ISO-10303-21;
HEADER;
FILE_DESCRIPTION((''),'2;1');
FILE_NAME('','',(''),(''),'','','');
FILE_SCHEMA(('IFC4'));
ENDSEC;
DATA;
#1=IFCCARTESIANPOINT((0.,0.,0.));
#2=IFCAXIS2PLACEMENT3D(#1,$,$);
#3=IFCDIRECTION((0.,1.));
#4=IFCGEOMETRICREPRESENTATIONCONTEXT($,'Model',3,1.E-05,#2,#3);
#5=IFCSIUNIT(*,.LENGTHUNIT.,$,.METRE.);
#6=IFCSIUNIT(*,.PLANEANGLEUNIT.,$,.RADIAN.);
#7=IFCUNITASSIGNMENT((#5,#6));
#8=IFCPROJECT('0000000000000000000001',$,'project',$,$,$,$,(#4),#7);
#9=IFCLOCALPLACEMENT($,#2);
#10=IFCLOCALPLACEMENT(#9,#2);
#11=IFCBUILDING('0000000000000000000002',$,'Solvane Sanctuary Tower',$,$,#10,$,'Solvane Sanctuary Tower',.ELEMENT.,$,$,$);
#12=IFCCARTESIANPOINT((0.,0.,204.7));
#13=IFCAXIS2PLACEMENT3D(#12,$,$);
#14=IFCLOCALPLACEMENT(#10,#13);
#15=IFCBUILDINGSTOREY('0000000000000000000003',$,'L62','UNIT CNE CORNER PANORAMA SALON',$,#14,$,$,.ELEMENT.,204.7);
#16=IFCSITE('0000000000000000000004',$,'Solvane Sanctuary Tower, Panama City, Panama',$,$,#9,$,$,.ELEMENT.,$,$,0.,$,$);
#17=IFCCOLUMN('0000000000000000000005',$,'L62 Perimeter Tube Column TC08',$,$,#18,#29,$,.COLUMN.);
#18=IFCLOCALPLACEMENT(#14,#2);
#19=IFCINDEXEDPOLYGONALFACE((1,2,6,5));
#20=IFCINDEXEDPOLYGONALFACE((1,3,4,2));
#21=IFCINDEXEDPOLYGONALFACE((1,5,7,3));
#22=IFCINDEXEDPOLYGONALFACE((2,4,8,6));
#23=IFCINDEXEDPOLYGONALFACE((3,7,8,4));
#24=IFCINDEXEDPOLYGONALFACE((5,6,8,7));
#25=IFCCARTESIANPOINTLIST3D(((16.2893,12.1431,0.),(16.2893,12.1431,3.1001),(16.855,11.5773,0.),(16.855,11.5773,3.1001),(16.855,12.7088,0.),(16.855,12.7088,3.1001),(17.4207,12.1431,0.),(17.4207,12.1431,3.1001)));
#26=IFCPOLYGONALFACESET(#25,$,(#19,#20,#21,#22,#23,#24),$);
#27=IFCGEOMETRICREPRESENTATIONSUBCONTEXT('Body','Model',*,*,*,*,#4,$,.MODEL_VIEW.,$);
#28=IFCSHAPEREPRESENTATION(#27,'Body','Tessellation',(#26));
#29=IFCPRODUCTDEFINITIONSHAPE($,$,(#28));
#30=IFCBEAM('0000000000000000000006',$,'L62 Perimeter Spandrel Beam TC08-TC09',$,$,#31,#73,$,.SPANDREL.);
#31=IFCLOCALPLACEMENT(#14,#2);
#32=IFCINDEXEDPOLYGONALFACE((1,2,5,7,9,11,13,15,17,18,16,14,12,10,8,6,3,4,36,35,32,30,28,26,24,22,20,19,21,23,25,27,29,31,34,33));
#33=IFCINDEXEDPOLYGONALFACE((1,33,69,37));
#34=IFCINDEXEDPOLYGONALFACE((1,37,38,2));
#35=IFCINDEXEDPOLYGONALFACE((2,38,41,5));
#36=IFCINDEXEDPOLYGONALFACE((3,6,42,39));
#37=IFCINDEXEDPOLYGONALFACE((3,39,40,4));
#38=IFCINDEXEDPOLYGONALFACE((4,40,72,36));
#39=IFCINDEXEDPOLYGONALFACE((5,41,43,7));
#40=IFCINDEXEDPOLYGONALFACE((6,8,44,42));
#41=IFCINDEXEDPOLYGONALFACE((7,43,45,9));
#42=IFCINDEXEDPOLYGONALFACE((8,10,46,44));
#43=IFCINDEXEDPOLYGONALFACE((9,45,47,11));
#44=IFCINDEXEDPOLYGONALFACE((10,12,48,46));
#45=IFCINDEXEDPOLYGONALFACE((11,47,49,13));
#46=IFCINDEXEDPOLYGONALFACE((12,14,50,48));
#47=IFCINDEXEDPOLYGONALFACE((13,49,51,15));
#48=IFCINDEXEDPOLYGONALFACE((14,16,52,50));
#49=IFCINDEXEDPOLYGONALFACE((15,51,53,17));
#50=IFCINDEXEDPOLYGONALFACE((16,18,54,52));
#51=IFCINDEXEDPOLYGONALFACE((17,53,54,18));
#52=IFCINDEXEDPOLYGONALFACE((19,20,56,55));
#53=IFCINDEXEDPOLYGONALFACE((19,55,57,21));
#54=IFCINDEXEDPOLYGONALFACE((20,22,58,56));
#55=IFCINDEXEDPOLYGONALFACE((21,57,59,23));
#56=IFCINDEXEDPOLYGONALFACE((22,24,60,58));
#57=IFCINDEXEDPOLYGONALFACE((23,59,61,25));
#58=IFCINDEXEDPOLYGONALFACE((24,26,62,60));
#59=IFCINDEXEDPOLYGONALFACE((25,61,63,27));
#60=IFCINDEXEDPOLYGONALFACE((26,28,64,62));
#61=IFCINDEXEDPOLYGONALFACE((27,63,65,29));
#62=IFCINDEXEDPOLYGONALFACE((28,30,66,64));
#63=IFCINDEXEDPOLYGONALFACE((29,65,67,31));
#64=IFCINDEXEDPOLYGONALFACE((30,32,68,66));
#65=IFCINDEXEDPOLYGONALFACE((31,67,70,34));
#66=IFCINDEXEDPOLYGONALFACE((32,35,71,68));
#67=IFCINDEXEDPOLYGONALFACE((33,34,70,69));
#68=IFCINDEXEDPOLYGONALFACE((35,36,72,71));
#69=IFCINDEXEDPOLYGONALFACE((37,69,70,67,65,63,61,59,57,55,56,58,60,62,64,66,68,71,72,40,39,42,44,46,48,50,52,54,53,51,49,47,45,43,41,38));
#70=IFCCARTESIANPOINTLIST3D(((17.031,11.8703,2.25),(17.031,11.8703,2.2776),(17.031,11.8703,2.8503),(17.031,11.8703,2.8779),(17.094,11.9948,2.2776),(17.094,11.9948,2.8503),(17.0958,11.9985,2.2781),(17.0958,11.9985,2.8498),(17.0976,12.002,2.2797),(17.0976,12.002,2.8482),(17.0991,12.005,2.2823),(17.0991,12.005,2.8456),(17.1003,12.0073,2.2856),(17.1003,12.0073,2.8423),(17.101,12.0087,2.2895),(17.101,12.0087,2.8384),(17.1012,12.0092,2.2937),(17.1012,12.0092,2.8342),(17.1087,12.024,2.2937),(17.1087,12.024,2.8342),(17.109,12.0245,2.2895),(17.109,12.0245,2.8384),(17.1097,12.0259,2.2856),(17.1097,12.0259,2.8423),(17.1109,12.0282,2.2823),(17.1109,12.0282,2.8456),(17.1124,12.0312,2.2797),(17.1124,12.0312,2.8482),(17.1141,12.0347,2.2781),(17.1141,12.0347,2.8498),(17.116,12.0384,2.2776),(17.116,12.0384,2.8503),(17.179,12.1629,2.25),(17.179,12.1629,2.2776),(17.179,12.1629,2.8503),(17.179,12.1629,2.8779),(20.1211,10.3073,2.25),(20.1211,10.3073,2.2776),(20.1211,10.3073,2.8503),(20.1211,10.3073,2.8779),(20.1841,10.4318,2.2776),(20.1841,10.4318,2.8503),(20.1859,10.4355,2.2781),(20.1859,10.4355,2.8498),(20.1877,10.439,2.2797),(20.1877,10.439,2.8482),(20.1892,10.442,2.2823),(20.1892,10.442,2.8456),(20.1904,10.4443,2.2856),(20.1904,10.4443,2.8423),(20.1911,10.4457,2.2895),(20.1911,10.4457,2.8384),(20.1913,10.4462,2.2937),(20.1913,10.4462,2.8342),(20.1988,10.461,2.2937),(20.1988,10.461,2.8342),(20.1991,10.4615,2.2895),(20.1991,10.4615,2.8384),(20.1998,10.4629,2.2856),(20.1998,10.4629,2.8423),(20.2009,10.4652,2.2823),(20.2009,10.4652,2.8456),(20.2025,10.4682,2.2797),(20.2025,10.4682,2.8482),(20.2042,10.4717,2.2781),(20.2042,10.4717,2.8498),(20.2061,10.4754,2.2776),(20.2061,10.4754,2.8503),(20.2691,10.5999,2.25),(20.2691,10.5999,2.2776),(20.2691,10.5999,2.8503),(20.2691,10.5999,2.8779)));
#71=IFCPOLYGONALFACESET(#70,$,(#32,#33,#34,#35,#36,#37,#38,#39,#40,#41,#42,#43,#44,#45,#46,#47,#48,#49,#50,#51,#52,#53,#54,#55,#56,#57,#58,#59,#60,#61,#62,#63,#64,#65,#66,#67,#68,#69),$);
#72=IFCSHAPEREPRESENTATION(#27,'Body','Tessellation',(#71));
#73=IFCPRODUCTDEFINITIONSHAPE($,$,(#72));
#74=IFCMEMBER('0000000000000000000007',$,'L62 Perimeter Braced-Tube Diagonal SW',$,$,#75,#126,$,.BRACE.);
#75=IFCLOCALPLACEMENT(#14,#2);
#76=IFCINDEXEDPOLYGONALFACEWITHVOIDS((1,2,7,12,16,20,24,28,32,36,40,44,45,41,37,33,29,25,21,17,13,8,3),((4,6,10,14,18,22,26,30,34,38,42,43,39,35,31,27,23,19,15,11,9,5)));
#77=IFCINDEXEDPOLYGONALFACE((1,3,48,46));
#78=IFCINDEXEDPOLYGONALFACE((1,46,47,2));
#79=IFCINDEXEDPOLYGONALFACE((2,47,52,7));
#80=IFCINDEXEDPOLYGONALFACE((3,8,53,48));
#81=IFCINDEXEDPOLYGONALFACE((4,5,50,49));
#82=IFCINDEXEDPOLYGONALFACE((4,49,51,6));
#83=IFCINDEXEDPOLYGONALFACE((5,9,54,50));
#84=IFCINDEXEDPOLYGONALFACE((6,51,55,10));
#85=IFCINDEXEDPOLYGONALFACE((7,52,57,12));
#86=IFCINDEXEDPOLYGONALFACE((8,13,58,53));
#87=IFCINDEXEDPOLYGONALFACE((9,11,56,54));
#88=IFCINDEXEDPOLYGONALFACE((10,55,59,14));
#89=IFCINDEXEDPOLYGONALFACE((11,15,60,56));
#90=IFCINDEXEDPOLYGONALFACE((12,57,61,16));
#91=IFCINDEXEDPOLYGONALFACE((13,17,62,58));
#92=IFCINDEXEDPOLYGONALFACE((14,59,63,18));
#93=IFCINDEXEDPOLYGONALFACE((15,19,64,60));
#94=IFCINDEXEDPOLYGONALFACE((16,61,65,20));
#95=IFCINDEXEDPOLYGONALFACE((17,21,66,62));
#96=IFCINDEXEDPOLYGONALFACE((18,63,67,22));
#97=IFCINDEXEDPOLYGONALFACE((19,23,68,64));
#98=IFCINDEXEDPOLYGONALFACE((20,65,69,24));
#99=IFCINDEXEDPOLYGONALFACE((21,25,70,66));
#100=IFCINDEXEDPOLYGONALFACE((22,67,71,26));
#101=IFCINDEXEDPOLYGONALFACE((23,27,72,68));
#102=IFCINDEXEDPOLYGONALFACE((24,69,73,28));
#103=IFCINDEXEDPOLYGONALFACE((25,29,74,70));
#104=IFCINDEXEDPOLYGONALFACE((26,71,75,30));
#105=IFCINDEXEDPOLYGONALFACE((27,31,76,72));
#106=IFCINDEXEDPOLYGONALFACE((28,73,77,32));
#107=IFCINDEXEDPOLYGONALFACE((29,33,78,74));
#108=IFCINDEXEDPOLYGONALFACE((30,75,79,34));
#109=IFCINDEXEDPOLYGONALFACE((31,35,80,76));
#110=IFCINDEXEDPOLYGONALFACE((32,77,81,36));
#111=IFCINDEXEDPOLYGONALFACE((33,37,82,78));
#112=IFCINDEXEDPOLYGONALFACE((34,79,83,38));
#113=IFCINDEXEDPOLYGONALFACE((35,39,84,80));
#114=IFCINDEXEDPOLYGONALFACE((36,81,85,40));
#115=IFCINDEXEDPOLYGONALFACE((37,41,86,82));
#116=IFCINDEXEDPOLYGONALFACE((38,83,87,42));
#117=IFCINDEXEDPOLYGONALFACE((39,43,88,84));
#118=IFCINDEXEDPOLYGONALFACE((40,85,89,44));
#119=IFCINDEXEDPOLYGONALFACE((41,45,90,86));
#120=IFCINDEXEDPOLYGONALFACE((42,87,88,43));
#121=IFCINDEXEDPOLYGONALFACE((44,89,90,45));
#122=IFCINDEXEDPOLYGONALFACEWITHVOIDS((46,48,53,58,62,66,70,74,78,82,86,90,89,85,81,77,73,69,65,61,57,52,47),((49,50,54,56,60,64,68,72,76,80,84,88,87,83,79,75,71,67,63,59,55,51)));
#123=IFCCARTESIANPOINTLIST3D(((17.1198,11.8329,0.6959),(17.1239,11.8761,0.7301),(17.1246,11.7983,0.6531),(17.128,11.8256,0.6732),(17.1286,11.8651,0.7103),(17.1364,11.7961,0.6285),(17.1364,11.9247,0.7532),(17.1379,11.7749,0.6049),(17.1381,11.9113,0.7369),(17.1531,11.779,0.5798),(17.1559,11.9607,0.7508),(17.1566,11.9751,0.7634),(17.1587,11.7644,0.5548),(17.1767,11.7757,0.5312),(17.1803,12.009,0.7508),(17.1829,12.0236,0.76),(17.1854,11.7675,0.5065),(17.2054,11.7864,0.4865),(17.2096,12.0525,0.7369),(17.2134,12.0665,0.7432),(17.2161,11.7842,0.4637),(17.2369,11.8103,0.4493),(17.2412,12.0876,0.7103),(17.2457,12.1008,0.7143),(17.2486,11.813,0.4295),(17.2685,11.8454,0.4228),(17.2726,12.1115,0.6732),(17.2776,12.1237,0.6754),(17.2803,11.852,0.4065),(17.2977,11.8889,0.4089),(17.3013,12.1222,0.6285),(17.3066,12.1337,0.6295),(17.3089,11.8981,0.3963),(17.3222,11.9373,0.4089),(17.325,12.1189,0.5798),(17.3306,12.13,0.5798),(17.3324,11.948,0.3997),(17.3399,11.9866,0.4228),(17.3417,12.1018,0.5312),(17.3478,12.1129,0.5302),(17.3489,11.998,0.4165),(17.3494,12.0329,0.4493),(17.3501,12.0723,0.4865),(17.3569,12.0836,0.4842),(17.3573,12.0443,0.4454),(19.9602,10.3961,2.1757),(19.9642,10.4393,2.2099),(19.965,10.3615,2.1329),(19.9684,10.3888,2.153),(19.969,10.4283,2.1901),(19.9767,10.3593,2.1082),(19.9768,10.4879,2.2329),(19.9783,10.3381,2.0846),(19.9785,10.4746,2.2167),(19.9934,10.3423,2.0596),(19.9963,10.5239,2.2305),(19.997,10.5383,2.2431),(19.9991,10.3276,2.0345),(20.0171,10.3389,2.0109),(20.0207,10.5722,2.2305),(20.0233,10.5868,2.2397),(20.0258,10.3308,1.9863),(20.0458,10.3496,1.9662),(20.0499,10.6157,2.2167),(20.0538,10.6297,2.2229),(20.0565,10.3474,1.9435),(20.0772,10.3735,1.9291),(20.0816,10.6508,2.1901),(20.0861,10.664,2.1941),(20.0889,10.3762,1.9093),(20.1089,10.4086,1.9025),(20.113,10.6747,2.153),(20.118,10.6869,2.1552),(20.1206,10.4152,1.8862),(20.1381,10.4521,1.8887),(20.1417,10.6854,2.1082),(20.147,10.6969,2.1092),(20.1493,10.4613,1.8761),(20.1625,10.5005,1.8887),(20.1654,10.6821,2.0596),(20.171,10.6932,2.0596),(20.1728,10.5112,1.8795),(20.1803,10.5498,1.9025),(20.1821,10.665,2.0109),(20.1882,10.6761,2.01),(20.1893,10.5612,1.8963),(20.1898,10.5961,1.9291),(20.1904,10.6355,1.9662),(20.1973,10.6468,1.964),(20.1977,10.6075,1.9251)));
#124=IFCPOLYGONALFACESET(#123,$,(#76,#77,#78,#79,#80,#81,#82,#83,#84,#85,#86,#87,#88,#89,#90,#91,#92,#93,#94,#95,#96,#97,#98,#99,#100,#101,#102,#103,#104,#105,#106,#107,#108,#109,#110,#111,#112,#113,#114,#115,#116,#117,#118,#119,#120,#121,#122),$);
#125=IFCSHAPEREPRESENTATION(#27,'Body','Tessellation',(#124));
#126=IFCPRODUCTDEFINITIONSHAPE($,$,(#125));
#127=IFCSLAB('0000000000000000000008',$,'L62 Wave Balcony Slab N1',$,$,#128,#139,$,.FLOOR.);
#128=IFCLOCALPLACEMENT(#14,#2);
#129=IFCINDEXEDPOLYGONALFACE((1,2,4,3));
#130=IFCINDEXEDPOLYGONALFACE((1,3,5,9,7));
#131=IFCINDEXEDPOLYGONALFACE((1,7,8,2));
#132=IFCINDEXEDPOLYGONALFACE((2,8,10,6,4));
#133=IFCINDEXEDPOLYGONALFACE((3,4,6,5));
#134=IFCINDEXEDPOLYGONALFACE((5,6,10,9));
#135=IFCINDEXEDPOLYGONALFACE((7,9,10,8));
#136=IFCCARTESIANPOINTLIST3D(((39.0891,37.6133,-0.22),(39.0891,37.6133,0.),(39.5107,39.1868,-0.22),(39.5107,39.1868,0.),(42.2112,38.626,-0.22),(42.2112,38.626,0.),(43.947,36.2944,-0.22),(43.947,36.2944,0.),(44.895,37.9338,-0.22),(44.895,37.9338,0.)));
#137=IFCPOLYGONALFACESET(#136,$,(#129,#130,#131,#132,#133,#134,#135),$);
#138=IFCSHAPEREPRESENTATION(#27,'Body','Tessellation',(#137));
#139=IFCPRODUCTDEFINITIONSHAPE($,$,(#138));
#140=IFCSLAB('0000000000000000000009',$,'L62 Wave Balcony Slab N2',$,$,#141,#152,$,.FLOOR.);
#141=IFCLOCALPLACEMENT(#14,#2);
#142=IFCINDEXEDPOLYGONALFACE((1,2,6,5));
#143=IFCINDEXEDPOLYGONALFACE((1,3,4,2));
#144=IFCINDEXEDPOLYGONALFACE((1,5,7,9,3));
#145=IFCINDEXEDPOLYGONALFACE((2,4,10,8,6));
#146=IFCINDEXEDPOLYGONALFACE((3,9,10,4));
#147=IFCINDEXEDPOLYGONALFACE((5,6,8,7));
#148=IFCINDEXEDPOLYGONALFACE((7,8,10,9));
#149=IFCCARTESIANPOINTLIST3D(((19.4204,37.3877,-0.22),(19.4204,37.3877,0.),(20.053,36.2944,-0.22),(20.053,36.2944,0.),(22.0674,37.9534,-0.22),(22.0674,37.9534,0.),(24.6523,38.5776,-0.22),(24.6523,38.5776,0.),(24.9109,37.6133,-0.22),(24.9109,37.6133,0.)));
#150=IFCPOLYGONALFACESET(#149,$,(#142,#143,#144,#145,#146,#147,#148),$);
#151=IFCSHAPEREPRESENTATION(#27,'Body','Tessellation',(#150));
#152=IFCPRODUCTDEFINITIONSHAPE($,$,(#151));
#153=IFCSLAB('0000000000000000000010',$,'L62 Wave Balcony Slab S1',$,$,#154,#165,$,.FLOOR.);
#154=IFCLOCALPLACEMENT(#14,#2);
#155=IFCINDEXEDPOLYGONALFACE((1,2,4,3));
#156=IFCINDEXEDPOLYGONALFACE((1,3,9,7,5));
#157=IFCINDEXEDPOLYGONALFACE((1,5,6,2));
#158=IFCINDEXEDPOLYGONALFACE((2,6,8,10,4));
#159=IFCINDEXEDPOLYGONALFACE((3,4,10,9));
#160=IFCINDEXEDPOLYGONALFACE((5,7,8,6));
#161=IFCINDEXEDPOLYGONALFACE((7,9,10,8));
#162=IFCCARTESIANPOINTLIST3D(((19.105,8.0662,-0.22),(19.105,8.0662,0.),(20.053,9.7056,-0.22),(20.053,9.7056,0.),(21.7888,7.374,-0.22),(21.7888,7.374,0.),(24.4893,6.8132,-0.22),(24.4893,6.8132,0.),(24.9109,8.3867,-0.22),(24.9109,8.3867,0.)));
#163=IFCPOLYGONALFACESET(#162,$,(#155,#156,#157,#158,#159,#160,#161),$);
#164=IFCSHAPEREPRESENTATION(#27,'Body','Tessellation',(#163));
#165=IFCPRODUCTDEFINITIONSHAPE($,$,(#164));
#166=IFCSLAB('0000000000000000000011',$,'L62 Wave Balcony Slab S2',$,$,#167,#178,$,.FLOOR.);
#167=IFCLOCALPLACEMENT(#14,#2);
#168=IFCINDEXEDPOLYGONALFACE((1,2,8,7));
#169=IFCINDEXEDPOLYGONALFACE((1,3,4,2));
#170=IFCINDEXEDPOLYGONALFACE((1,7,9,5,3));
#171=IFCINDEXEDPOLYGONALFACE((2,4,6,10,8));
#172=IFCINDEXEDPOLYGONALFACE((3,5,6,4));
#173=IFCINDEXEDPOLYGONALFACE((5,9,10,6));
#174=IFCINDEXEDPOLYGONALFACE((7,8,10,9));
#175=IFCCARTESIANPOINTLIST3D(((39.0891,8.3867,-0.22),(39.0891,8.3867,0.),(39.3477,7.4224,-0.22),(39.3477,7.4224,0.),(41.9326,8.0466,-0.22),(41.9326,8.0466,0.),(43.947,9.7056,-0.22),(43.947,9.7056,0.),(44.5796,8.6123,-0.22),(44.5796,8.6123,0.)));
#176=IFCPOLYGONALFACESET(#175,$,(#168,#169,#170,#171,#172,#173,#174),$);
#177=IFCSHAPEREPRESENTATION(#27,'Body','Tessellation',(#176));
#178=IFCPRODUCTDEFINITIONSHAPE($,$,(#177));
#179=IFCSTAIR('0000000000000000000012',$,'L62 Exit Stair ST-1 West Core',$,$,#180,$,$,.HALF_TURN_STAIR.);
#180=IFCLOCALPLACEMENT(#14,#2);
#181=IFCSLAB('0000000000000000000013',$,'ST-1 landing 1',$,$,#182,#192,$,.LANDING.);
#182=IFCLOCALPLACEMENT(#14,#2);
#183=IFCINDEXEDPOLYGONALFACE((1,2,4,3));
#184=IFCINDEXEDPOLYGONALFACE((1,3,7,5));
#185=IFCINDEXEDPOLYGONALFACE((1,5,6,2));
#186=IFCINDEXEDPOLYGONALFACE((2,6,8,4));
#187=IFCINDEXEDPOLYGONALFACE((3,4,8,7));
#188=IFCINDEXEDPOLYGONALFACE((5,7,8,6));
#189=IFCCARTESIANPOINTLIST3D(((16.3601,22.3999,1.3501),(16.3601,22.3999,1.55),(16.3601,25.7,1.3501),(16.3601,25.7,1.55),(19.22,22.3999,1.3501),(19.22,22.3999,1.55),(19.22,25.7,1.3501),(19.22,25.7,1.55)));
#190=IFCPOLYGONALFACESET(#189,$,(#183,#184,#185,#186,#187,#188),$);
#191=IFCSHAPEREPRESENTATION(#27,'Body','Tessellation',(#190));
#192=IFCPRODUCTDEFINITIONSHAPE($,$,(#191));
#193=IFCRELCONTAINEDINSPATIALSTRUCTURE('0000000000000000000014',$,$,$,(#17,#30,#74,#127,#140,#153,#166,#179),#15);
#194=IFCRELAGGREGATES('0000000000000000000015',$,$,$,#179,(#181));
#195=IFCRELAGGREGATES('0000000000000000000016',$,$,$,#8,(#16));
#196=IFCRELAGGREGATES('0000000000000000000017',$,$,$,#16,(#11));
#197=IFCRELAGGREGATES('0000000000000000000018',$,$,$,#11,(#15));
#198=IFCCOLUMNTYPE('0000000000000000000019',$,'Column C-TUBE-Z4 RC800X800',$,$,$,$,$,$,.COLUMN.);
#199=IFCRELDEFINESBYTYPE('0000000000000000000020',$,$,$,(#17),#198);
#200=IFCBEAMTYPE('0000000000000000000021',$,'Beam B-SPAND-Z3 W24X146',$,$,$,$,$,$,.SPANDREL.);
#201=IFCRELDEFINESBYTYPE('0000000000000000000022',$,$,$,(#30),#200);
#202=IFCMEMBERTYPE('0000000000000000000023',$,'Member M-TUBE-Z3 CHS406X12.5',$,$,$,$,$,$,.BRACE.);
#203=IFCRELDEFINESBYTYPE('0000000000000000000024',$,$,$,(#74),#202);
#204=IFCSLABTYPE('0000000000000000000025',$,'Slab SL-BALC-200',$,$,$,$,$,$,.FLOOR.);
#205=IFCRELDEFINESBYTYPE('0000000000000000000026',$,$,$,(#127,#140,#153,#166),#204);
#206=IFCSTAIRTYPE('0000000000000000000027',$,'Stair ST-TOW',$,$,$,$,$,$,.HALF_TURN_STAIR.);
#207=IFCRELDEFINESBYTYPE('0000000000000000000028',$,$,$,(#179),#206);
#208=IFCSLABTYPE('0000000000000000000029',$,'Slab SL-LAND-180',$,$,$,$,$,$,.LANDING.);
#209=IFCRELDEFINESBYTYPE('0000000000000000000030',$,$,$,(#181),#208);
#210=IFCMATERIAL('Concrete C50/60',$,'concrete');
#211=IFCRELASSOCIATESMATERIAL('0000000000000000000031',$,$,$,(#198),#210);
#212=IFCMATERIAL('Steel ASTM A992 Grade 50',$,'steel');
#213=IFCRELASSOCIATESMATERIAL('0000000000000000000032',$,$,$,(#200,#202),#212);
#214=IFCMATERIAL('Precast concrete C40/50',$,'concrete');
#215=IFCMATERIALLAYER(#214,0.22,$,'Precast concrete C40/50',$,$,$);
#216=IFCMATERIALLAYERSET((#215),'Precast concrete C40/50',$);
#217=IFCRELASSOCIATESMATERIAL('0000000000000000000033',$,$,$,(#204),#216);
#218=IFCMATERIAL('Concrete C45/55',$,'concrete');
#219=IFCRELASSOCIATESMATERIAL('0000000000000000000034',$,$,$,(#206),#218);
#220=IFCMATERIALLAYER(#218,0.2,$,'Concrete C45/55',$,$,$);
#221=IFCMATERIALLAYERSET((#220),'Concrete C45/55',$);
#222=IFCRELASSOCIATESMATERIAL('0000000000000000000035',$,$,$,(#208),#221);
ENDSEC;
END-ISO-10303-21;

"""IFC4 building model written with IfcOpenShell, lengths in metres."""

from ifc_helpers import new_model, si_unit, direction, frame, origin, origin_2d, place, context, subcontext, project, spatial, polyline, rectangle, hollow_circle, i_section, outline, extrude, material, layer, layer_set, material_profile, profile_set, type_object, element, aggregate, save


model = new_model("IFC4")

# Units and contexts
model_context = context("Model", 3, precision=1e-05, world=origin(), true_north=direction((0.0, 1.0)))
body_context = subcontext(model_context, "Body", "Model", "MODEL_VIEW")
ifc_project = project(units=[si_unit("LENGTHUNIT", "METRE"), si_unit("PLANEANGLEUNIT", "RADIAN")], contexts=[model_context])

# Site, building, storey
site_placement = place(None, origin())
site = spatial("IfcSite", under=ifc_project, at=site_placement, Name="Solvane Sanctuary Tower, Panama City, Panama", CompositionType="ELEMENT", RefElevation=0.0)
building_placement = place(site_placement, origin())
building = spatial("IfcBuilding", under=site, at=building_placement, Name="Solvane Sanctuary Tower", LongName="Solvane Sanctuary Tower", CompositionType="ELEMENT")
storey_placement = place(building_placement, frame((0.0, 0.0, 204.7)))
storey = spatial("IfcBuildingStorey", under=building, at=storey_placement, Name="L62", Description="UNIT CNE CORNER PANORAMA SALON", CompositionType="ELEMENT", Elevation=204.7)

# Column
ifc_material_1 = material(Name="Concrete C50/60", Category="concrete")
ifc_material_profile_1 = material_profile(ifc_material_1, rectangle(XDim=0.8, YDim=0.8, at=origin_2d()), Name="RC800X800")
ifc_profile_set_1 = profile_set([ifc_material_profile_1], Name="Concrete C50/60")
column_type = type_object("IfcColumnType", Name="Column C-TUBE-Z4 RC800X800", PredefinedType="COLUMN", material=ifc_profile_set_1)
column_placement = place(storey_placement, frame((16.855, 12.1431, 0.0), z_axis=(0.0, 0.0, 1.0), x_axis=(-0.707107, -0.707107, 0.0)))
element("IfcColumn", 1, at=column_placement, inside=storey, type_object=column_type, Name="L62 Perimeter Tube Column TC08", PredefinedType="COLUMN", context=body_context, shape_type="SweptSolid", body=[
    extrude(rectangle(XDim=0.8, YDim=0.8, at=origin_2d()), origin(), (0.0, 0.0, 1.0), 3.1001),
])

# Beam
ifc_material_2 = material(Name="Steel ASTM A992 Grade 50", Category="steel")
ifc_material_profile_2 = material_profile(ifc_material_2, i_section(OverallWidth=0.3279, OverallDepth=0.6279, WebThickness=0.0166, FlangeThickness=0.0276, FilletRadius=0.0161, at=origin_2d()), Name="W24X146")
ifc_profile_set_2 = profile_set([ifc_material_profile_2], Name="Steel ASTM A992 Grade 50")
beam_type = type_object("IfcBeamType", Name="Beam B-SPAND-Z3 W24X146", PredefinedType="SPANDREL", material=ifc_profile_set_2)
beam_placement = place(storey_placement, frame((17.105, 12.0166, 2.564), z_axis=(0.892345, -0.451354, 0.0), x_axis=(0.451354, 0.892345, 0.0)))
element("IfcBeam", 2, at=beam_placement, inside=storey, type_object=beam_type, Name="L62 Perimeter Spandrel Beam TC08-TC09", PredefinedType="SPANDREL", context=body_context, shape_type="SweptSolid", body=[
    extrude(i_section(OverallWidth=0.3279, OverallDepth=0.6279, WebThickness=0.0166, FlangeThickness=0.0276, FilletRadius=0.0161, at=origin_2d()), origin(), (0.0, 0.0, 1.0), 3.4629),
])

# Member
ifc_material_profile_3 = material_profile(ifc_material_2, hollow_circle(Radius=0.2029, WallThickness=0.0125, at=origin_2d()), Name="CHS406X12.5")
ifc_profile_set_3 = profile_set([ifc_material_profile_3], Name="Steel ASTM A992 Grade 50")
member_type = type_object("IfcMemberType", Name="Member M-TUBE-Z3 CHS406X12.5", PredefinedType="BRACE", material=ifc_profile_set_3)
member_placement = place(storey_placement, frame((17.239, 11.949, 0.5798), z_axis=(0.809168, -0.409314, 0.421555), x_axis=(0.451381, 0.892331, 0.0)))
element("IfcMember", 3, at=member_placement, inside=storey, type_object=member_type, Name="L62 Perimeter Braced-Tube Diagonal SW", PredefinedType="BRACE", context=body_context, shape_type="SweptSolid", body=[
    extrude(hollow_circle(Radius=0.2029, WallThickness=0.0125, at=origin_2d()), origin(), (0.0, 0.0, 1.0), 3.5103),
])

# Slabs
ifc_material_3 = material(Name="Precast concrete C40/50", Category="concrete")
ifc_layer_1 = layer(ifc_material_3, 0.22, Name="Precast concrete C40/50")
ifc_layer_set_1 = layer_set([ifc_layer_1], Name="Precast concrete C40/50")
slab_type_1 = type_object("IfcSlabType", Name="Slab SL-BALC-200", PredefinedType="FLOOR", material=ifc_layer_set_1)
slab_1_placement = place(storey_placement, frame((0.0, 0.0, -0.22)))
element("IfcSlab", 4, at=slab_1_placement, inside=storey, type_object=slab_type_1, Name="L62 Wave Balcony Slab N1", PredefinedType="FLOOR", context=body_context, shape_type="SweptSolid", body=[
    extrude(outline(polyline([(44.895, 37.9338), (42.2112, 38.626), (39.5107, 39.1868), (39.0891, 37.6133), (43.947, 36.2944), (44.895, 37.9338)])), origin(), (0.0, 0.0, 1.0), 0.22),
])
slab_2_placement = place(storey_placement, frame((0.0, 0.0, -0.22)))
element("IfcSlab", 5, at=slab_2_placement, inside=storey, type_object=slab_type_1, Name="L62 Wave Balcony Slab N2", PredefinedType="FLOOR", context=body_context, shape_type="SweptSolid", body=[
    extrude(outline(polyline([(24.6523, 38.5776), (22.0674, 37.9534), (19.4204, 37.3877), (20.053, 36.2944), (24.9109, 37.6133), (24.6523, 38.5776)])), origin(), (0.0, 0.0, 1.0), 0.22),
])
slab_3_placement = place(storey_placement, frame((0.0, 0.0, -0.22)))
element("IfcSlab", 6, at=slab_3_placement, inside=storey, type_object=slab_type_1, Name="L62 Wave Balcony Slab S1", PredefinedType="FLOOR", context=body_context, shape_type="SweptSolid", body=[
    extrude(outline(polyline([(19.105, 8.0662), (21.7888, 7.374), (24.4893, 6.8132), (24.9109, 8.3867), (20.053, 9.7056), (19.105, 8.0662)])), origin(), (0.0, 0.0, 1.0), 0.22),
])
slab_4_placement = place(storey_placement, frame((0.0, 0.0, -0.22)))
element("IfcSlab", 7, at=slab_4_placement, inside=storey, type_object=slab_type_1, Name="L62 Wave Balcony Slab S2", PredefinedType="FLOOR", context=body_context, shape_type="SweptSolid", body=[
    extrude(outline(polyline([(39.3477, 7.4224), (41.9326, 8.0466), (44.5796, 8.6123), (43.947, 9.7056), (39.0891, 8.3867), (39.3477, 7.4224)])), origin(), (0.0, 0.0, 1.0), 0.22),
])

# Stair, slab
ifc_material_4 = material(Name="Concrete C45/55", Category="concrete")
stair_type = type_object("IfcStairType", Name="Stair ST-TOW", PredefinedType="HALF_TURN_STAIR", material=ifc_material_4)
stair_1_placement = place(storey_placement, origin())
stair_1 = element("IfcStair", 8, at=stair_1_placement, inside=storey, type_object=stair_type, Name="L62 Exit Stair ST-1 West Core", PredefinedType="HALF_TURN_STAIR")
ifc_layer_2 = layer(ifc_material_4, 0.2, Name="Concrete C45/55")
ifc_layer_set_2 = layer_set([ifc_layer_2], Name="Concrete C45/55")
slab_type_2 = type_object("IfcSlabType", Name="Slab SL-LAND-180", PredefinedType="LANDING", material=ifc_layer_set_2)
slab_5_placement = place(storey_placement, frame((0.0, 0.0, 1.3501)))
slab_5 = element("IfcSlab", 9, at=slab_5_placement, type_object=slab_type_2, Name="ST-1 landing 1", PredefinedType="LANDING", context=body_context, shape_type="SweptSolid", body=[
    extrude(outline(polyline([(19.22, 22.3999), (19.22, 25.7), (16.3601, 25.7), (16.3601, 22.3999), (19.22, 22.3999)])), origin(), (0.0, 0.0, 1.0), 0.2),
])
aggregate(stair_1, [slab_5])

save(model, "model.ifc")
